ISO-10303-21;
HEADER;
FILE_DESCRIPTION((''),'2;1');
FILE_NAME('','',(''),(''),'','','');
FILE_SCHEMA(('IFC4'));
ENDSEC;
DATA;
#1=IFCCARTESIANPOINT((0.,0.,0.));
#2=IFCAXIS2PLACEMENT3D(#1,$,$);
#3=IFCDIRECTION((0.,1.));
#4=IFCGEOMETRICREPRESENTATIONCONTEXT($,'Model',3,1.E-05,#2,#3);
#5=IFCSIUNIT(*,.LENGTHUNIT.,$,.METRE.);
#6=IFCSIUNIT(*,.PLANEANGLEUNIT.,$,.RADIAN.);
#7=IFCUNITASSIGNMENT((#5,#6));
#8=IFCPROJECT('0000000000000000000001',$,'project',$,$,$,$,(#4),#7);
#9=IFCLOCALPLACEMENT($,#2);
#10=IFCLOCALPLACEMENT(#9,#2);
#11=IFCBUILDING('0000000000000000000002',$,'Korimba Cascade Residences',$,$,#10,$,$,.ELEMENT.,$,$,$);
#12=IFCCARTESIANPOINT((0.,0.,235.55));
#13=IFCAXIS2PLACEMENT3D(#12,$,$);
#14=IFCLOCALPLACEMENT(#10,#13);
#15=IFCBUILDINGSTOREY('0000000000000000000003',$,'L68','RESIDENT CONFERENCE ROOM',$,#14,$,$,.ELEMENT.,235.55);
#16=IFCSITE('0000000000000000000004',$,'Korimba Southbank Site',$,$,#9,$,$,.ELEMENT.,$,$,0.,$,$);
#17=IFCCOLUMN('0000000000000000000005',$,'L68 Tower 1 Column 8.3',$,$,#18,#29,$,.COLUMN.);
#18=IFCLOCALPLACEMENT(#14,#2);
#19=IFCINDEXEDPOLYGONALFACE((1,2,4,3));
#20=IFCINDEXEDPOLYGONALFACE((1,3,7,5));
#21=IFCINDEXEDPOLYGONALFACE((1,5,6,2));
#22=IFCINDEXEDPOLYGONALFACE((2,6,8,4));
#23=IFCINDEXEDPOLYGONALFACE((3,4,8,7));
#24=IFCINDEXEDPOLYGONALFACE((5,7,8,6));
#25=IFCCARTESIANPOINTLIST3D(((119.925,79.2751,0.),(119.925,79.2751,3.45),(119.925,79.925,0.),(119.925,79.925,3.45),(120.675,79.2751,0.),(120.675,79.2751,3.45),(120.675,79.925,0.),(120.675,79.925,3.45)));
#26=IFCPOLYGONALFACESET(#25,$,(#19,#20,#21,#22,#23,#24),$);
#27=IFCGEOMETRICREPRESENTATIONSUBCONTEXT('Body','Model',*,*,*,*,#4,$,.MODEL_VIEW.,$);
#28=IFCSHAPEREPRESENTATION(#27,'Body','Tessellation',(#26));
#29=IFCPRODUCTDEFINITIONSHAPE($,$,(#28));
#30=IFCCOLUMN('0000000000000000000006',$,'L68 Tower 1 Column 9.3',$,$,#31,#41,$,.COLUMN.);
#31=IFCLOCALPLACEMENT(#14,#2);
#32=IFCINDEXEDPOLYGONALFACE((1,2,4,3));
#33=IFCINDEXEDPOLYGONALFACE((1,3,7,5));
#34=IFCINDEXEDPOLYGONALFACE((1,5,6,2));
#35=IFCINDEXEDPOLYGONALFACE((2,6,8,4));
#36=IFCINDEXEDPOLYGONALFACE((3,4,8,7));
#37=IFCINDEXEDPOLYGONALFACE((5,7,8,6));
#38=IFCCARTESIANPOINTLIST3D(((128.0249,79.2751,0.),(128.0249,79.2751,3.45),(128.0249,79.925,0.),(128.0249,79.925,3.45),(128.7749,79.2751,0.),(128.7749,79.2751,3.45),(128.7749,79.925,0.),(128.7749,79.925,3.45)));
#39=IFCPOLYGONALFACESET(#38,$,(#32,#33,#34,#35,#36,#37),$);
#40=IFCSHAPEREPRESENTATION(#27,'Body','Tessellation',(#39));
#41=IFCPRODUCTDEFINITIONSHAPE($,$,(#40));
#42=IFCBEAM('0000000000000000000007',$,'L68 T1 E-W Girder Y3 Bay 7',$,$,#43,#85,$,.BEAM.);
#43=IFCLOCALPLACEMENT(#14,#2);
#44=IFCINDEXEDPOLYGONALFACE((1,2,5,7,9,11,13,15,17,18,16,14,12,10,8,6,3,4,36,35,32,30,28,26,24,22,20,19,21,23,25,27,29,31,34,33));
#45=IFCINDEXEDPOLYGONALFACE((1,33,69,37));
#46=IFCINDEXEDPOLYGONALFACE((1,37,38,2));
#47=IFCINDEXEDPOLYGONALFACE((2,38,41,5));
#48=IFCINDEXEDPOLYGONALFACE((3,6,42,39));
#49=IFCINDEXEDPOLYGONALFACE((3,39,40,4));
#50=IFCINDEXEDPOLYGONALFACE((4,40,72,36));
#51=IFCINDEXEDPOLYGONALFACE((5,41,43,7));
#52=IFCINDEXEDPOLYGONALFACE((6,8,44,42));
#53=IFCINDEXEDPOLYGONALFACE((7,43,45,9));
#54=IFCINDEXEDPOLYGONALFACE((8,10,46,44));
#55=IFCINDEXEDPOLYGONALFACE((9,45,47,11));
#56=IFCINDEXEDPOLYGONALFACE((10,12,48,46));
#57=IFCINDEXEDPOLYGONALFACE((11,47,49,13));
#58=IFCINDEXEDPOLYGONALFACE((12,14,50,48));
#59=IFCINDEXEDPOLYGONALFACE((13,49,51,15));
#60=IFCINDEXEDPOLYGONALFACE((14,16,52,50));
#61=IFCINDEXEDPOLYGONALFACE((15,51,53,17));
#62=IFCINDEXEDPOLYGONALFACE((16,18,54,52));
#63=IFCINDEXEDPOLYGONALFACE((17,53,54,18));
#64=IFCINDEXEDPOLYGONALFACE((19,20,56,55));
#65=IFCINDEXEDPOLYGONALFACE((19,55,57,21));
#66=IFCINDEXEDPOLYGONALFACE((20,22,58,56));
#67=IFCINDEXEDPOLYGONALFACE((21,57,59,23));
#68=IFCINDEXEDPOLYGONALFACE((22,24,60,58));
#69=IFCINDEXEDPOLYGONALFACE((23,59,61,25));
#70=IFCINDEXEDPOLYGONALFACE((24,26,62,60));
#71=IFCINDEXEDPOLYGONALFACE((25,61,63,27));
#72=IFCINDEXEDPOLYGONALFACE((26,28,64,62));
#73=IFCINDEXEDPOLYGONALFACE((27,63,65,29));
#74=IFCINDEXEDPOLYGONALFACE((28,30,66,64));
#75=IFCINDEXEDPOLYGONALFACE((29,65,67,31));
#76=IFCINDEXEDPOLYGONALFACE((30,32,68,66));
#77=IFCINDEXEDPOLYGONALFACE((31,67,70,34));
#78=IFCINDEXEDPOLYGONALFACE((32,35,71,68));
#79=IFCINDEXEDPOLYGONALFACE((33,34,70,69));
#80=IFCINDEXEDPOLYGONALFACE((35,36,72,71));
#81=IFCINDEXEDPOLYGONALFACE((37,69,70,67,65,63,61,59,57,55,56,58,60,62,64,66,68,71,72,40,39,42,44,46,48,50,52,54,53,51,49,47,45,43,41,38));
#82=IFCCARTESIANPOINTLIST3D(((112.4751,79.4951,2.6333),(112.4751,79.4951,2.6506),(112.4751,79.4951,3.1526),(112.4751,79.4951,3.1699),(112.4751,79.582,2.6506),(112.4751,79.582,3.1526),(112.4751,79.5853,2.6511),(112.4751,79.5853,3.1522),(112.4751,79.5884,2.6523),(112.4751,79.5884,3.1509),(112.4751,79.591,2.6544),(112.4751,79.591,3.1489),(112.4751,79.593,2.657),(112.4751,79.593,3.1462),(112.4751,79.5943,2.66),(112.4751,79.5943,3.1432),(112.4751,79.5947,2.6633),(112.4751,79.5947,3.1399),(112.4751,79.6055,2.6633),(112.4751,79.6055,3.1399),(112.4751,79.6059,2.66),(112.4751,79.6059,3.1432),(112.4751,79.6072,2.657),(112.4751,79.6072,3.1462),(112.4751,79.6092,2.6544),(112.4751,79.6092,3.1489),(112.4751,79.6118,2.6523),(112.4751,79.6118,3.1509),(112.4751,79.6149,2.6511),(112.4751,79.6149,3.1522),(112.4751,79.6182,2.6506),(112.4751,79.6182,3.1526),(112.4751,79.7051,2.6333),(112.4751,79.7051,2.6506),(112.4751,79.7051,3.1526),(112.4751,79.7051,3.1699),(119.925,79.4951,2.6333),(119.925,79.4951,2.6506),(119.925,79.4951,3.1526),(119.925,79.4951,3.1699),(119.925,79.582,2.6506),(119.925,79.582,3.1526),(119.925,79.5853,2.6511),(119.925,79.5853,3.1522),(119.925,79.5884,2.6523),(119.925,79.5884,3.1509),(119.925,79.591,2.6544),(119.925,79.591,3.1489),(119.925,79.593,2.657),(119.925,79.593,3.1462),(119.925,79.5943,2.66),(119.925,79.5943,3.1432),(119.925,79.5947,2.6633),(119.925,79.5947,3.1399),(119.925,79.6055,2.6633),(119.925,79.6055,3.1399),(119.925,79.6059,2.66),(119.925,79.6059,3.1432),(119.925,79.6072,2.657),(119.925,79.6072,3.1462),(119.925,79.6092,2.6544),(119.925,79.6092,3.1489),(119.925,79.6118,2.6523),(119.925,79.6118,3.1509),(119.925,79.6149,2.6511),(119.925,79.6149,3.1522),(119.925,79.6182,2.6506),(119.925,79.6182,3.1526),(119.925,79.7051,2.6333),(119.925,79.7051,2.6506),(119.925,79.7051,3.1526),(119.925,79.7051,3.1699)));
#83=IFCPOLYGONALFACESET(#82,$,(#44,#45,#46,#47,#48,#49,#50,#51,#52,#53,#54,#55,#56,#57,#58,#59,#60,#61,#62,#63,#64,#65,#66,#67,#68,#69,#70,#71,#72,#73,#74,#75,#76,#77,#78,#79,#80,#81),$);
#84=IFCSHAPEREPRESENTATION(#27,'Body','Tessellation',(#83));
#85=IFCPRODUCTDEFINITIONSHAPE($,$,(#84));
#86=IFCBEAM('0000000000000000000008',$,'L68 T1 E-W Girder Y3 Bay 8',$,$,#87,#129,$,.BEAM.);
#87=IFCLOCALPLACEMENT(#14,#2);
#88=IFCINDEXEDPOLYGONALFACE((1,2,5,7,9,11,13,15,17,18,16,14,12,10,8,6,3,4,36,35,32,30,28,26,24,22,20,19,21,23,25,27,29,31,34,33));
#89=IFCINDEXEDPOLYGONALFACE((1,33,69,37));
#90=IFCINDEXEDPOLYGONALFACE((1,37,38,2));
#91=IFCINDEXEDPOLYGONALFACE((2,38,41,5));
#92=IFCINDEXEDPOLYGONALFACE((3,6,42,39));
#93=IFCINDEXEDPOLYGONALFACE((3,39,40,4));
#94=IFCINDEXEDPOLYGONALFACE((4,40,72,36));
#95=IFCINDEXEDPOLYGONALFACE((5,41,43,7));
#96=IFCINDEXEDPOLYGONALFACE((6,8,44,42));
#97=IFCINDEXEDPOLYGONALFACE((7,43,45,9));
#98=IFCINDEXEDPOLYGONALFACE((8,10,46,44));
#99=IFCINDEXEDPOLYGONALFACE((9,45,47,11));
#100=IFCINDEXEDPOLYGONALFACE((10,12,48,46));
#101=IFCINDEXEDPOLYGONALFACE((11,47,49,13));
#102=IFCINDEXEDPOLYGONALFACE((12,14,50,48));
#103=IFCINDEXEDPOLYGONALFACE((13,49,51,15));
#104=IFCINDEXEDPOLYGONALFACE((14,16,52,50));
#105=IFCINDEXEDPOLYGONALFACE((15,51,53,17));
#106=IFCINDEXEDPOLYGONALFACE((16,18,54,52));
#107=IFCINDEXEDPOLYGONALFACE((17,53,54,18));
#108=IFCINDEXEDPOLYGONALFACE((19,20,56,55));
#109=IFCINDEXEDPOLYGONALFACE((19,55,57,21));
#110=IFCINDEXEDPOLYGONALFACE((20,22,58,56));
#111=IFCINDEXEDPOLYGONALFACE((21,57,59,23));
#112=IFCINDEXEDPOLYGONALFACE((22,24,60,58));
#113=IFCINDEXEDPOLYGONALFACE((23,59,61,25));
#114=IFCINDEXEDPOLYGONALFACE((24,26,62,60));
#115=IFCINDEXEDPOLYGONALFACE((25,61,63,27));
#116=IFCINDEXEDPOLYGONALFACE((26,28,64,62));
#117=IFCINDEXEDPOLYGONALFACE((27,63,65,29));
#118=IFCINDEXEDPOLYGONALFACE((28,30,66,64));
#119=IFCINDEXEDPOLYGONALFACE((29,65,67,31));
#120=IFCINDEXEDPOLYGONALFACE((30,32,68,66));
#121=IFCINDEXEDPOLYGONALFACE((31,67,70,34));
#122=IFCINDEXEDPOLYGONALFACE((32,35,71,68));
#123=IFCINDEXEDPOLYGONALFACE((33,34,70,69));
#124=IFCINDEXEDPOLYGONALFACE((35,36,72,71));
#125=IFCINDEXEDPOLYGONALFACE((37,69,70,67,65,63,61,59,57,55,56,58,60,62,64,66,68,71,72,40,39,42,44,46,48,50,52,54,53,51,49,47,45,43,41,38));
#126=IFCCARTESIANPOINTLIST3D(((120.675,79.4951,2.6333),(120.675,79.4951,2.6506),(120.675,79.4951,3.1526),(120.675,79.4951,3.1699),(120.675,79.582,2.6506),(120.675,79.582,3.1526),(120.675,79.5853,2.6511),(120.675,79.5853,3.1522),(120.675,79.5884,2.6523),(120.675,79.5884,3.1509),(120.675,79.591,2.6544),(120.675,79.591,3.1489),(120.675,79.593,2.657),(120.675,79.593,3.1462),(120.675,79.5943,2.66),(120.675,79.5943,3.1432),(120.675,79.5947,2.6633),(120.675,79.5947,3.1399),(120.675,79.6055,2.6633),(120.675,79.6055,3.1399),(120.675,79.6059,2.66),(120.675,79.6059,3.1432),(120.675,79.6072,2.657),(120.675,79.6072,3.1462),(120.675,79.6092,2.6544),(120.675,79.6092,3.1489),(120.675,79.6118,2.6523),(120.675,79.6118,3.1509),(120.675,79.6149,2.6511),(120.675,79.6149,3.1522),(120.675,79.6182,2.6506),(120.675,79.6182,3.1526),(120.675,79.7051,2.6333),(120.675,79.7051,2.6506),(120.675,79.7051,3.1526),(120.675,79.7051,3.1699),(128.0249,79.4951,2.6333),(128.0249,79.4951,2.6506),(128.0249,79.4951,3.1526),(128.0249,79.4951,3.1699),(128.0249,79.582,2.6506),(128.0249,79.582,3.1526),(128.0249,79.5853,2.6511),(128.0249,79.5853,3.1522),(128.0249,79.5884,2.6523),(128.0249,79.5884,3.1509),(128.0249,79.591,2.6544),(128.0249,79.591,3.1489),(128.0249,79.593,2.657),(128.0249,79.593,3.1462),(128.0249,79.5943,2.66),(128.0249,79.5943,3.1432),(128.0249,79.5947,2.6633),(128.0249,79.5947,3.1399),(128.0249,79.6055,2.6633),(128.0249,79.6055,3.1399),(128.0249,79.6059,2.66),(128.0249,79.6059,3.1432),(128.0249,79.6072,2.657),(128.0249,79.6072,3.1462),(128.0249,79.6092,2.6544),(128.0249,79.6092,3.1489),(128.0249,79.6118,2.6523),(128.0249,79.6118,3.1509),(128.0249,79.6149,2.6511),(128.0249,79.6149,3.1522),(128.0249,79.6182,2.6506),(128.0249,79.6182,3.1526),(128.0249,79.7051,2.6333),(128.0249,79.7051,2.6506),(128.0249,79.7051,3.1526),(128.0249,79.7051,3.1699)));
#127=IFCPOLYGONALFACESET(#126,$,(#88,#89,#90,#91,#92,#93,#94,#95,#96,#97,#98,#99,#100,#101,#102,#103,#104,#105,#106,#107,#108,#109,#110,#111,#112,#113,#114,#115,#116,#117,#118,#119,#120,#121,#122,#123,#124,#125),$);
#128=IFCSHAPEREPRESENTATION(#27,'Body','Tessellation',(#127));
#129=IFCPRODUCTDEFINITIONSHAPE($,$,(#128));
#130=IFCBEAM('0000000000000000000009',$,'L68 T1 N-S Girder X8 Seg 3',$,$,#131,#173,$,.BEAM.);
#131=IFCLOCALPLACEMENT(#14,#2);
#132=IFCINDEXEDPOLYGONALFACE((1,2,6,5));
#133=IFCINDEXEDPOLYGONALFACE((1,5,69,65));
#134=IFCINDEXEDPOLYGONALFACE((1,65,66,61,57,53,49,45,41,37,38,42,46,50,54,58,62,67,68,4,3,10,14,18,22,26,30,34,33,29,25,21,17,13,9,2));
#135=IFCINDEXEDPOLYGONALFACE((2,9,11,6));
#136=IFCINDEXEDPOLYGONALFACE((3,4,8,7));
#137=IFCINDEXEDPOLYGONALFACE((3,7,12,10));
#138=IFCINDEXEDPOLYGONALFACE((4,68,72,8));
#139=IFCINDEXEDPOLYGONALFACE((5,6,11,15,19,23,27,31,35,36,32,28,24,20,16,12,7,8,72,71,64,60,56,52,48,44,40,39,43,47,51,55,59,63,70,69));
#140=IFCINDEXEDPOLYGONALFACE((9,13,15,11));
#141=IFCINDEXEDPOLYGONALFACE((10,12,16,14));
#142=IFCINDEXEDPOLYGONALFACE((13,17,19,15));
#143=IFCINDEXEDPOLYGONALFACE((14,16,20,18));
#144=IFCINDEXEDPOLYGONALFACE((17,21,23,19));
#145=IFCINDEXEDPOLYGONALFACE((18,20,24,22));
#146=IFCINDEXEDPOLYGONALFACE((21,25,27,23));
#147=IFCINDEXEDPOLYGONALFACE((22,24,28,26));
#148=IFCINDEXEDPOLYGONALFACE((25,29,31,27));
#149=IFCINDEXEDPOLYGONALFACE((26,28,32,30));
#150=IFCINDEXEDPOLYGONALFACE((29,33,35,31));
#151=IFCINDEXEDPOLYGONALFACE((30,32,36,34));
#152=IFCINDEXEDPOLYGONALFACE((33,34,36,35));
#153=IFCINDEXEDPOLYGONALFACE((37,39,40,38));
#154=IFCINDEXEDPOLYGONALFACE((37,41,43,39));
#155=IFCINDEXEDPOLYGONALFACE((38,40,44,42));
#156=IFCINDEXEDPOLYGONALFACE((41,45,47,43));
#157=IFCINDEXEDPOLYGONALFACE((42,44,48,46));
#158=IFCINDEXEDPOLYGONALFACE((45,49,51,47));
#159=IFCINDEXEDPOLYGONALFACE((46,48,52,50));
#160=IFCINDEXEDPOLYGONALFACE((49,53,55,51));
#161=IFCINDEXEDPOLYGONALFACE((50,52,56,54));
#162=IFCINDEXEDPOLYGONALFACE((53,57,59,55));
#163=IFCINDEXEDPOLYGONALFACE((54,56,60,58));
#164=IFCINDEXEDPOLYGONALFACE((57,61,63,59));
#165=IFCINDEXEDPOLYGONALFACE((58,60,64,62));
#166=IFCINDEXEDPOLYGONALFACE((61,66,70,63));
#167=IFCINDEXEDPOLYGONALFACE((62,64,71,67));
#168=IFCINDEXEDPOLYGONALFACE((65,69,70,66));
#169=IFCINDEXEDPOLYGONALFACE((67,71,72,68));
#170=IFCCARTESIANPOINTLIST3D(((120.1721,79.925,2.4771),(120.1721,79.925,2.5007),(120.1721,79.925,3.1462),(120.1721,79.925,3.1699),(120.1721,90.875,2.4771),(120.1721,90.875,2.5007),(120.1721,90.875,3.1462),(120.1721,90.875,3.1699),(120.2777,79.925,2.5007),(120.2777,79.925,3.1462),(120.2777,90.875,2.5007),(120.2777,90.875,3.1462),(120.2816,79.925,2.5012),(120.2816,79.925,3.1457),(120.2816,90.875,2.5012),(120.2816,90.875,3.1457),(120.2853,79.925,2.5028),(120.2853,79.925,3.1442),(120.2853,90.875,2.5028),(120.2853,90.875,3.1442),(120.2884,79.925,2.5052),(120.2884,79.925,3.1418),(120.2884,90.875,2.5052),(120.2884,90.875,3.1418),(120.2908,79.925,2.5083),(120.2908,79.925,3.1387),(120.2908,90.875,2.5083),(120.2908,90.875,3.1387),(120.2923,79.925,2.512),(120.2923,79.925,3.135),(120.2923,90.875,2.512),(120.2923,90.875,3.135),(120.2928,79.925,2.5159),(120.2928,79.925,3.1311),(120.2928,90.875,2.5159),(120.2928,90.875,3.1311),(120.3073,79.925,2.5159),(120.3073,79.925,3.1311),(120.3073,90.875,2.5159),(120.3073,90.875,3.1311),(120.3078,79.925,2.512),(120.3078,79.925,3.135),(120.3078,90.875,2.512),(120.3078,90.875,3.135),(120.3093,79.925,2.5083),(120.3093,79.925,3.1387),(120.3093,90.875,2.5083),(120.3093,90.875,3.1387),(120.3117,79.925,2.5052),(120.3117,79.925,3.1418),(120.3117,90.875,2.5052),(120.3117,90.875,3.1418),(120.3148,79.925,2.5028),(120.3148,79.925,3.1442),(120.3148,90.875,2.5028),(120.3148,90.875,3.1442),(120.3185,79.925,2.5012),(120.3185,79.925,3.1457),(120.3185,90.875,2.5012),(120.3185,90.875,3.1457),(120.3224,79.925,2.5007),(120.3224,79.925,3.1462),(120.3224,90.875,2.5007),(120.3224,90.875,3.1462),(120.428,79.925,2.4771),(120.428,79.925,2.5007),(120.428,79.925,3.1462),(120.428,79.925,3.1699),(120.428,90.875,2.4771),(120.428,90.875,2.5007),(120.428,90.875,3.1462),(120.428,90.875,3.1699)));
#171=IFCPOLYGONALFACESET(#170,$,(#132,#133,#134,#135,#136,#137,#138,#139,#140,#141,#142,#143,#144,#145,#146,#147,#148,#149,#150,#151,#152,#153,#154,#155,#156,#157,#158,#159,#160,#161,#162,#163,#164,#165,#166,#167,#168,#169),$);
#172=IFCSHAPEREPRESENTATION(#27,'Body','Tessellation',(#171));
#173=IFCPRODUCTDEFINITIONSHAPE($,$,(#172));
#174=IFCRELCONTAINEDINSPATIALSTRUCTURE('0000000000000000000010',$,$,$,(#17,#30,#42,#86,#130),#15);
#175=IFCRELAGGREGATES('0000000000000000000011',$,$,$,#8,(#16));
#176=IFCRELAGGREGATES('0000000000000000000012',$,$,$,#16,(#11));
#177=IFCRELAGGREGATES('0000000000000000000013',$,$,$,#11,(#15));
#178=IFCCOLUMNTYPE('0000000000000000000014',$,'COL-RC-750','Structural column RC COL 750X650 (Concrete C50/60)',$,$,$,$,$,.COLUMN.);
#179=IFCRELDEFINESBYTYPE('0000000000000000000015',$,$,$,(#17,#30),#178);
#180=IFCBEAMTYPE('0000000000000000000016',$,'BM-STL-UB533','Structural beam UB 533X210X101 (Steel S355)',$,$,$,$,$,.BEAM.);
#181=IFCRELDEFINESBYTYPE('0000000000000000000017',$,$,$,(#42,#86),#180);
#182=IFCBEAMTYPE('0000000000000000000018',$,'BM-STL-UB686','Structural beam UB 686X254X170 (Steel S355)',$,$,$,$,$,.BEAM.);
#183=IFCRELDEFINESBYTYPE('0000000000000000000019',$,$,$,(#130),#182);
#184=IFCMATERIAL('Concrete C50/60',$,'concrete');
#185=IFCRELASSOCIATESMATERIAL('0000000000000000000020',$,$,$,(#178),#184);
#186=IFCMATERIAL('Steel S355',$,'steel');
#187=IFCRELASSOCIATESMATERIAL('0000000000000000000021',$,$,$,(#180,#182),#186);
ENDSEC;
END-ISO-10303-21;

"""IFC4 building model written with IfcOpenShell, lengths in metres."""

from ifc_helpers import new_model, si_unit, direction, frame, origin, origin_2d, place, context, subcontext, project, spatial, rectangle, i_section, extrude, material, material_profile, profile_set, type_object, element, save


model = new_model("IFC4")

# Units and contexts
model_context = context("Model", 3, precision=1e-05, world=origin(), true_north=direction((0.0, 1.0)))
body_context = subcontext(model_context, "Body", "Model", "MODEL_VIEW")
ifc_project = project(units=[si_unit("LENGTHUNIT", "METRE"), si_unit("PLANEANGLEUNIT", "RADIAN")], contexts=[model_context])

# Site, building, storey
site_placement = place(None, origin())
site = spatial("IfcSite", under=ifc_project, at=site_placement, Name="Korimba Southbank Site", CompositionType="ELEMENT", RefElevation=0.0)
building_placement = place(site_placement, origin())
building = spatial("IfcBuilding", under=site, at=building_placement, Name="Korimba Cascade Residences", CompositionType="ELEMENT")
storey_placement = place(building_placement, frame((0.0, 0.0, 235.55)))
storey = spatial("IfcBuildingStorey", under=building, at=storey_placement, Name="L68", Description="RESIDENT CONFERENCE ROOM", CompositionType="ELEMENT", Elevation=235.55)

# Columns
ifc_material_1 = material(Name="Concrete C50/60", Category="concrete")
ifc_material_profile_1 = material_profile(ifc_material_1, rectangle(XDim=0.75, YDim=0.6499, at=origin_2d()), Name="Concrete C50/60")
ifc_profile_set_1 = profile_set([ifc_material_profile_1], Name="Concrete C50/60")
column_type = type_object("IfcColumnType", Name="COL-RC-750", Description="Structural column RC COL 750X650 (Concrete C50/60)", PredefinedType="COLUMN", material=ifc_profile_set_1)
for number, where, z_axis, x_axis, name in (
    (1, (120.3, 79.6001, 0.0), (0.0, 0.0, 1.0), (1.0, 0.0, 0.0), "L68 Tower 1 Column 8.3"),
    (2, (128.3999, 79.6001, 0.0), (0.0, 0.0, 1.0), (1.0, 0.0, 0.0), "L68 Tower 1 Column 9.3"),
):
    element("IfcColumn", number, at=place(storey_placement, frame(where, z_axis=z_axis, x_axis=x_axis)), inside=storey, type_object=column_type, Name=name, PredefinedType="COLUMN", context=body_context, shape_type="SweptSolid", body=[
        extrude(rectangle(XDim=0.75, YDim=0.6499, at=origin_2d()), origin(), (0.0, 0.0, 1.0), 3.45),
    ])

# Beams
ifc_material_2 = material(Name="Steel S355", Category="steel")
ifc_material_profile_2 = material_profile(ifc_material_2, i_section(OverallWidth=0.21, OverallDepth=0.5366, WebThickness=0.0107, FlangeThickness=0.0173, FilletRadius=0.0127, at=origin_2d()), Name="Steel S355")
ifc_profile_set_2 = profile_set([ifc_material_profile_2], Name="Steel S355")
beam_type_1 = type_object("IfcBeamType", Name="BM-STL-UB533", Description="Structural beam UB 533X210X101 (Steel S355)", PredefinedType="BEAM", material=ifc_profile_set_2)
beam_1_placement = place(storey_placement, frame((112.4751, 79.6001, 2.9016), z_axis=(1.0, 0.0, 0.0), x_axis=(0.0, 1.0, 0.0)))
element("IfcBeam", 3, at=beam_1_placement, inside=storey, type_object=beam_type_1, Name="L68 T1 E-W Girder Y3 Bay 7", PredefinedType="BEAM", context=body_context, shape_type="SweptSolid", body=[
    extrude(i_section(OverallWidth=0.21, OverallDepth=0.5366, WebThickness=0.0107, FlangeThickness=0.0173, FilletRadius=0.0127, at=origin_2d()), origin(), (0.0, 0.0, 1.0), 7.45),
])
beam_2_placement = place(storey_placement, frame((120.675, 79.6001, 2.9016), z_axis=(1.0, 0.0, 0.0), x_axis=(0.0, 1.0, 0.0)))
element("IfcBeam", 4, at=beam_2_placement, inside=storey, type_object=beam_type_1, Name="L68 T1 E-W Girder Y3 Bay 8", PredefinedType="BEAM", context=body_context, shape_type="SweptSolid", body=[
    extrude(i_section(OverallWidth=0.21, OverallDepth=0.5366, WebThickness=0.0107, FlangeThickness=0.0173, FilletRadius=0.0127, at=origin_2d()), origin(), (0.0, 0.0, 1.0), 7.3499),
])
ifc_material_profile_3 = material_profile(ifc_material_2, i_section(OverallWidth=0.2559, OverallDepth=0.6929, WebThickness=0.0144, FlangeThickness=0.0237, FilletRadius=0.0151, at=origin_2d()), Name="Steel S355")
ifc_profile_set_3 = profile_set([ifc_material_profile_3], Name="Steel S355")
beam_type_2 = type_object("IfcBeamType", Name="BM-STL-UB686", Description="Structural beam UB 686X254X170 (Steel S355)", PredefinedType="BEAM", material=ifc_profile_set_3)
for number, where, z_axis, x_axis, name in (
    (5, (120.3, 79.925, 2.8235), (0.0, 1.0, 0.0), (-1.0, 0.0, 0.0), "L68 T1 N-S Girder X8 Seg 3"),
):
    element("IfcBeam", number, at=place(storey_placement, frame(where, z_axis=z_axis, x_axis=x_axis)), inside=storey, type_object=beam_type_2, Name=name, PredefinedType="BEAM", context=body_context, shape_type="SweptSolid", body=[
        extrude(i_section(OverallWidth=0.2559, OverallDepth=0.6929, WebThickness=0.0144, FlangeThickness=0.0237, FilletRadius=0.0151, at=origin_2d()), origin(), (0.0, 0.0, 1.0), 10.95),
    ])

save(model, "model.ifc")
